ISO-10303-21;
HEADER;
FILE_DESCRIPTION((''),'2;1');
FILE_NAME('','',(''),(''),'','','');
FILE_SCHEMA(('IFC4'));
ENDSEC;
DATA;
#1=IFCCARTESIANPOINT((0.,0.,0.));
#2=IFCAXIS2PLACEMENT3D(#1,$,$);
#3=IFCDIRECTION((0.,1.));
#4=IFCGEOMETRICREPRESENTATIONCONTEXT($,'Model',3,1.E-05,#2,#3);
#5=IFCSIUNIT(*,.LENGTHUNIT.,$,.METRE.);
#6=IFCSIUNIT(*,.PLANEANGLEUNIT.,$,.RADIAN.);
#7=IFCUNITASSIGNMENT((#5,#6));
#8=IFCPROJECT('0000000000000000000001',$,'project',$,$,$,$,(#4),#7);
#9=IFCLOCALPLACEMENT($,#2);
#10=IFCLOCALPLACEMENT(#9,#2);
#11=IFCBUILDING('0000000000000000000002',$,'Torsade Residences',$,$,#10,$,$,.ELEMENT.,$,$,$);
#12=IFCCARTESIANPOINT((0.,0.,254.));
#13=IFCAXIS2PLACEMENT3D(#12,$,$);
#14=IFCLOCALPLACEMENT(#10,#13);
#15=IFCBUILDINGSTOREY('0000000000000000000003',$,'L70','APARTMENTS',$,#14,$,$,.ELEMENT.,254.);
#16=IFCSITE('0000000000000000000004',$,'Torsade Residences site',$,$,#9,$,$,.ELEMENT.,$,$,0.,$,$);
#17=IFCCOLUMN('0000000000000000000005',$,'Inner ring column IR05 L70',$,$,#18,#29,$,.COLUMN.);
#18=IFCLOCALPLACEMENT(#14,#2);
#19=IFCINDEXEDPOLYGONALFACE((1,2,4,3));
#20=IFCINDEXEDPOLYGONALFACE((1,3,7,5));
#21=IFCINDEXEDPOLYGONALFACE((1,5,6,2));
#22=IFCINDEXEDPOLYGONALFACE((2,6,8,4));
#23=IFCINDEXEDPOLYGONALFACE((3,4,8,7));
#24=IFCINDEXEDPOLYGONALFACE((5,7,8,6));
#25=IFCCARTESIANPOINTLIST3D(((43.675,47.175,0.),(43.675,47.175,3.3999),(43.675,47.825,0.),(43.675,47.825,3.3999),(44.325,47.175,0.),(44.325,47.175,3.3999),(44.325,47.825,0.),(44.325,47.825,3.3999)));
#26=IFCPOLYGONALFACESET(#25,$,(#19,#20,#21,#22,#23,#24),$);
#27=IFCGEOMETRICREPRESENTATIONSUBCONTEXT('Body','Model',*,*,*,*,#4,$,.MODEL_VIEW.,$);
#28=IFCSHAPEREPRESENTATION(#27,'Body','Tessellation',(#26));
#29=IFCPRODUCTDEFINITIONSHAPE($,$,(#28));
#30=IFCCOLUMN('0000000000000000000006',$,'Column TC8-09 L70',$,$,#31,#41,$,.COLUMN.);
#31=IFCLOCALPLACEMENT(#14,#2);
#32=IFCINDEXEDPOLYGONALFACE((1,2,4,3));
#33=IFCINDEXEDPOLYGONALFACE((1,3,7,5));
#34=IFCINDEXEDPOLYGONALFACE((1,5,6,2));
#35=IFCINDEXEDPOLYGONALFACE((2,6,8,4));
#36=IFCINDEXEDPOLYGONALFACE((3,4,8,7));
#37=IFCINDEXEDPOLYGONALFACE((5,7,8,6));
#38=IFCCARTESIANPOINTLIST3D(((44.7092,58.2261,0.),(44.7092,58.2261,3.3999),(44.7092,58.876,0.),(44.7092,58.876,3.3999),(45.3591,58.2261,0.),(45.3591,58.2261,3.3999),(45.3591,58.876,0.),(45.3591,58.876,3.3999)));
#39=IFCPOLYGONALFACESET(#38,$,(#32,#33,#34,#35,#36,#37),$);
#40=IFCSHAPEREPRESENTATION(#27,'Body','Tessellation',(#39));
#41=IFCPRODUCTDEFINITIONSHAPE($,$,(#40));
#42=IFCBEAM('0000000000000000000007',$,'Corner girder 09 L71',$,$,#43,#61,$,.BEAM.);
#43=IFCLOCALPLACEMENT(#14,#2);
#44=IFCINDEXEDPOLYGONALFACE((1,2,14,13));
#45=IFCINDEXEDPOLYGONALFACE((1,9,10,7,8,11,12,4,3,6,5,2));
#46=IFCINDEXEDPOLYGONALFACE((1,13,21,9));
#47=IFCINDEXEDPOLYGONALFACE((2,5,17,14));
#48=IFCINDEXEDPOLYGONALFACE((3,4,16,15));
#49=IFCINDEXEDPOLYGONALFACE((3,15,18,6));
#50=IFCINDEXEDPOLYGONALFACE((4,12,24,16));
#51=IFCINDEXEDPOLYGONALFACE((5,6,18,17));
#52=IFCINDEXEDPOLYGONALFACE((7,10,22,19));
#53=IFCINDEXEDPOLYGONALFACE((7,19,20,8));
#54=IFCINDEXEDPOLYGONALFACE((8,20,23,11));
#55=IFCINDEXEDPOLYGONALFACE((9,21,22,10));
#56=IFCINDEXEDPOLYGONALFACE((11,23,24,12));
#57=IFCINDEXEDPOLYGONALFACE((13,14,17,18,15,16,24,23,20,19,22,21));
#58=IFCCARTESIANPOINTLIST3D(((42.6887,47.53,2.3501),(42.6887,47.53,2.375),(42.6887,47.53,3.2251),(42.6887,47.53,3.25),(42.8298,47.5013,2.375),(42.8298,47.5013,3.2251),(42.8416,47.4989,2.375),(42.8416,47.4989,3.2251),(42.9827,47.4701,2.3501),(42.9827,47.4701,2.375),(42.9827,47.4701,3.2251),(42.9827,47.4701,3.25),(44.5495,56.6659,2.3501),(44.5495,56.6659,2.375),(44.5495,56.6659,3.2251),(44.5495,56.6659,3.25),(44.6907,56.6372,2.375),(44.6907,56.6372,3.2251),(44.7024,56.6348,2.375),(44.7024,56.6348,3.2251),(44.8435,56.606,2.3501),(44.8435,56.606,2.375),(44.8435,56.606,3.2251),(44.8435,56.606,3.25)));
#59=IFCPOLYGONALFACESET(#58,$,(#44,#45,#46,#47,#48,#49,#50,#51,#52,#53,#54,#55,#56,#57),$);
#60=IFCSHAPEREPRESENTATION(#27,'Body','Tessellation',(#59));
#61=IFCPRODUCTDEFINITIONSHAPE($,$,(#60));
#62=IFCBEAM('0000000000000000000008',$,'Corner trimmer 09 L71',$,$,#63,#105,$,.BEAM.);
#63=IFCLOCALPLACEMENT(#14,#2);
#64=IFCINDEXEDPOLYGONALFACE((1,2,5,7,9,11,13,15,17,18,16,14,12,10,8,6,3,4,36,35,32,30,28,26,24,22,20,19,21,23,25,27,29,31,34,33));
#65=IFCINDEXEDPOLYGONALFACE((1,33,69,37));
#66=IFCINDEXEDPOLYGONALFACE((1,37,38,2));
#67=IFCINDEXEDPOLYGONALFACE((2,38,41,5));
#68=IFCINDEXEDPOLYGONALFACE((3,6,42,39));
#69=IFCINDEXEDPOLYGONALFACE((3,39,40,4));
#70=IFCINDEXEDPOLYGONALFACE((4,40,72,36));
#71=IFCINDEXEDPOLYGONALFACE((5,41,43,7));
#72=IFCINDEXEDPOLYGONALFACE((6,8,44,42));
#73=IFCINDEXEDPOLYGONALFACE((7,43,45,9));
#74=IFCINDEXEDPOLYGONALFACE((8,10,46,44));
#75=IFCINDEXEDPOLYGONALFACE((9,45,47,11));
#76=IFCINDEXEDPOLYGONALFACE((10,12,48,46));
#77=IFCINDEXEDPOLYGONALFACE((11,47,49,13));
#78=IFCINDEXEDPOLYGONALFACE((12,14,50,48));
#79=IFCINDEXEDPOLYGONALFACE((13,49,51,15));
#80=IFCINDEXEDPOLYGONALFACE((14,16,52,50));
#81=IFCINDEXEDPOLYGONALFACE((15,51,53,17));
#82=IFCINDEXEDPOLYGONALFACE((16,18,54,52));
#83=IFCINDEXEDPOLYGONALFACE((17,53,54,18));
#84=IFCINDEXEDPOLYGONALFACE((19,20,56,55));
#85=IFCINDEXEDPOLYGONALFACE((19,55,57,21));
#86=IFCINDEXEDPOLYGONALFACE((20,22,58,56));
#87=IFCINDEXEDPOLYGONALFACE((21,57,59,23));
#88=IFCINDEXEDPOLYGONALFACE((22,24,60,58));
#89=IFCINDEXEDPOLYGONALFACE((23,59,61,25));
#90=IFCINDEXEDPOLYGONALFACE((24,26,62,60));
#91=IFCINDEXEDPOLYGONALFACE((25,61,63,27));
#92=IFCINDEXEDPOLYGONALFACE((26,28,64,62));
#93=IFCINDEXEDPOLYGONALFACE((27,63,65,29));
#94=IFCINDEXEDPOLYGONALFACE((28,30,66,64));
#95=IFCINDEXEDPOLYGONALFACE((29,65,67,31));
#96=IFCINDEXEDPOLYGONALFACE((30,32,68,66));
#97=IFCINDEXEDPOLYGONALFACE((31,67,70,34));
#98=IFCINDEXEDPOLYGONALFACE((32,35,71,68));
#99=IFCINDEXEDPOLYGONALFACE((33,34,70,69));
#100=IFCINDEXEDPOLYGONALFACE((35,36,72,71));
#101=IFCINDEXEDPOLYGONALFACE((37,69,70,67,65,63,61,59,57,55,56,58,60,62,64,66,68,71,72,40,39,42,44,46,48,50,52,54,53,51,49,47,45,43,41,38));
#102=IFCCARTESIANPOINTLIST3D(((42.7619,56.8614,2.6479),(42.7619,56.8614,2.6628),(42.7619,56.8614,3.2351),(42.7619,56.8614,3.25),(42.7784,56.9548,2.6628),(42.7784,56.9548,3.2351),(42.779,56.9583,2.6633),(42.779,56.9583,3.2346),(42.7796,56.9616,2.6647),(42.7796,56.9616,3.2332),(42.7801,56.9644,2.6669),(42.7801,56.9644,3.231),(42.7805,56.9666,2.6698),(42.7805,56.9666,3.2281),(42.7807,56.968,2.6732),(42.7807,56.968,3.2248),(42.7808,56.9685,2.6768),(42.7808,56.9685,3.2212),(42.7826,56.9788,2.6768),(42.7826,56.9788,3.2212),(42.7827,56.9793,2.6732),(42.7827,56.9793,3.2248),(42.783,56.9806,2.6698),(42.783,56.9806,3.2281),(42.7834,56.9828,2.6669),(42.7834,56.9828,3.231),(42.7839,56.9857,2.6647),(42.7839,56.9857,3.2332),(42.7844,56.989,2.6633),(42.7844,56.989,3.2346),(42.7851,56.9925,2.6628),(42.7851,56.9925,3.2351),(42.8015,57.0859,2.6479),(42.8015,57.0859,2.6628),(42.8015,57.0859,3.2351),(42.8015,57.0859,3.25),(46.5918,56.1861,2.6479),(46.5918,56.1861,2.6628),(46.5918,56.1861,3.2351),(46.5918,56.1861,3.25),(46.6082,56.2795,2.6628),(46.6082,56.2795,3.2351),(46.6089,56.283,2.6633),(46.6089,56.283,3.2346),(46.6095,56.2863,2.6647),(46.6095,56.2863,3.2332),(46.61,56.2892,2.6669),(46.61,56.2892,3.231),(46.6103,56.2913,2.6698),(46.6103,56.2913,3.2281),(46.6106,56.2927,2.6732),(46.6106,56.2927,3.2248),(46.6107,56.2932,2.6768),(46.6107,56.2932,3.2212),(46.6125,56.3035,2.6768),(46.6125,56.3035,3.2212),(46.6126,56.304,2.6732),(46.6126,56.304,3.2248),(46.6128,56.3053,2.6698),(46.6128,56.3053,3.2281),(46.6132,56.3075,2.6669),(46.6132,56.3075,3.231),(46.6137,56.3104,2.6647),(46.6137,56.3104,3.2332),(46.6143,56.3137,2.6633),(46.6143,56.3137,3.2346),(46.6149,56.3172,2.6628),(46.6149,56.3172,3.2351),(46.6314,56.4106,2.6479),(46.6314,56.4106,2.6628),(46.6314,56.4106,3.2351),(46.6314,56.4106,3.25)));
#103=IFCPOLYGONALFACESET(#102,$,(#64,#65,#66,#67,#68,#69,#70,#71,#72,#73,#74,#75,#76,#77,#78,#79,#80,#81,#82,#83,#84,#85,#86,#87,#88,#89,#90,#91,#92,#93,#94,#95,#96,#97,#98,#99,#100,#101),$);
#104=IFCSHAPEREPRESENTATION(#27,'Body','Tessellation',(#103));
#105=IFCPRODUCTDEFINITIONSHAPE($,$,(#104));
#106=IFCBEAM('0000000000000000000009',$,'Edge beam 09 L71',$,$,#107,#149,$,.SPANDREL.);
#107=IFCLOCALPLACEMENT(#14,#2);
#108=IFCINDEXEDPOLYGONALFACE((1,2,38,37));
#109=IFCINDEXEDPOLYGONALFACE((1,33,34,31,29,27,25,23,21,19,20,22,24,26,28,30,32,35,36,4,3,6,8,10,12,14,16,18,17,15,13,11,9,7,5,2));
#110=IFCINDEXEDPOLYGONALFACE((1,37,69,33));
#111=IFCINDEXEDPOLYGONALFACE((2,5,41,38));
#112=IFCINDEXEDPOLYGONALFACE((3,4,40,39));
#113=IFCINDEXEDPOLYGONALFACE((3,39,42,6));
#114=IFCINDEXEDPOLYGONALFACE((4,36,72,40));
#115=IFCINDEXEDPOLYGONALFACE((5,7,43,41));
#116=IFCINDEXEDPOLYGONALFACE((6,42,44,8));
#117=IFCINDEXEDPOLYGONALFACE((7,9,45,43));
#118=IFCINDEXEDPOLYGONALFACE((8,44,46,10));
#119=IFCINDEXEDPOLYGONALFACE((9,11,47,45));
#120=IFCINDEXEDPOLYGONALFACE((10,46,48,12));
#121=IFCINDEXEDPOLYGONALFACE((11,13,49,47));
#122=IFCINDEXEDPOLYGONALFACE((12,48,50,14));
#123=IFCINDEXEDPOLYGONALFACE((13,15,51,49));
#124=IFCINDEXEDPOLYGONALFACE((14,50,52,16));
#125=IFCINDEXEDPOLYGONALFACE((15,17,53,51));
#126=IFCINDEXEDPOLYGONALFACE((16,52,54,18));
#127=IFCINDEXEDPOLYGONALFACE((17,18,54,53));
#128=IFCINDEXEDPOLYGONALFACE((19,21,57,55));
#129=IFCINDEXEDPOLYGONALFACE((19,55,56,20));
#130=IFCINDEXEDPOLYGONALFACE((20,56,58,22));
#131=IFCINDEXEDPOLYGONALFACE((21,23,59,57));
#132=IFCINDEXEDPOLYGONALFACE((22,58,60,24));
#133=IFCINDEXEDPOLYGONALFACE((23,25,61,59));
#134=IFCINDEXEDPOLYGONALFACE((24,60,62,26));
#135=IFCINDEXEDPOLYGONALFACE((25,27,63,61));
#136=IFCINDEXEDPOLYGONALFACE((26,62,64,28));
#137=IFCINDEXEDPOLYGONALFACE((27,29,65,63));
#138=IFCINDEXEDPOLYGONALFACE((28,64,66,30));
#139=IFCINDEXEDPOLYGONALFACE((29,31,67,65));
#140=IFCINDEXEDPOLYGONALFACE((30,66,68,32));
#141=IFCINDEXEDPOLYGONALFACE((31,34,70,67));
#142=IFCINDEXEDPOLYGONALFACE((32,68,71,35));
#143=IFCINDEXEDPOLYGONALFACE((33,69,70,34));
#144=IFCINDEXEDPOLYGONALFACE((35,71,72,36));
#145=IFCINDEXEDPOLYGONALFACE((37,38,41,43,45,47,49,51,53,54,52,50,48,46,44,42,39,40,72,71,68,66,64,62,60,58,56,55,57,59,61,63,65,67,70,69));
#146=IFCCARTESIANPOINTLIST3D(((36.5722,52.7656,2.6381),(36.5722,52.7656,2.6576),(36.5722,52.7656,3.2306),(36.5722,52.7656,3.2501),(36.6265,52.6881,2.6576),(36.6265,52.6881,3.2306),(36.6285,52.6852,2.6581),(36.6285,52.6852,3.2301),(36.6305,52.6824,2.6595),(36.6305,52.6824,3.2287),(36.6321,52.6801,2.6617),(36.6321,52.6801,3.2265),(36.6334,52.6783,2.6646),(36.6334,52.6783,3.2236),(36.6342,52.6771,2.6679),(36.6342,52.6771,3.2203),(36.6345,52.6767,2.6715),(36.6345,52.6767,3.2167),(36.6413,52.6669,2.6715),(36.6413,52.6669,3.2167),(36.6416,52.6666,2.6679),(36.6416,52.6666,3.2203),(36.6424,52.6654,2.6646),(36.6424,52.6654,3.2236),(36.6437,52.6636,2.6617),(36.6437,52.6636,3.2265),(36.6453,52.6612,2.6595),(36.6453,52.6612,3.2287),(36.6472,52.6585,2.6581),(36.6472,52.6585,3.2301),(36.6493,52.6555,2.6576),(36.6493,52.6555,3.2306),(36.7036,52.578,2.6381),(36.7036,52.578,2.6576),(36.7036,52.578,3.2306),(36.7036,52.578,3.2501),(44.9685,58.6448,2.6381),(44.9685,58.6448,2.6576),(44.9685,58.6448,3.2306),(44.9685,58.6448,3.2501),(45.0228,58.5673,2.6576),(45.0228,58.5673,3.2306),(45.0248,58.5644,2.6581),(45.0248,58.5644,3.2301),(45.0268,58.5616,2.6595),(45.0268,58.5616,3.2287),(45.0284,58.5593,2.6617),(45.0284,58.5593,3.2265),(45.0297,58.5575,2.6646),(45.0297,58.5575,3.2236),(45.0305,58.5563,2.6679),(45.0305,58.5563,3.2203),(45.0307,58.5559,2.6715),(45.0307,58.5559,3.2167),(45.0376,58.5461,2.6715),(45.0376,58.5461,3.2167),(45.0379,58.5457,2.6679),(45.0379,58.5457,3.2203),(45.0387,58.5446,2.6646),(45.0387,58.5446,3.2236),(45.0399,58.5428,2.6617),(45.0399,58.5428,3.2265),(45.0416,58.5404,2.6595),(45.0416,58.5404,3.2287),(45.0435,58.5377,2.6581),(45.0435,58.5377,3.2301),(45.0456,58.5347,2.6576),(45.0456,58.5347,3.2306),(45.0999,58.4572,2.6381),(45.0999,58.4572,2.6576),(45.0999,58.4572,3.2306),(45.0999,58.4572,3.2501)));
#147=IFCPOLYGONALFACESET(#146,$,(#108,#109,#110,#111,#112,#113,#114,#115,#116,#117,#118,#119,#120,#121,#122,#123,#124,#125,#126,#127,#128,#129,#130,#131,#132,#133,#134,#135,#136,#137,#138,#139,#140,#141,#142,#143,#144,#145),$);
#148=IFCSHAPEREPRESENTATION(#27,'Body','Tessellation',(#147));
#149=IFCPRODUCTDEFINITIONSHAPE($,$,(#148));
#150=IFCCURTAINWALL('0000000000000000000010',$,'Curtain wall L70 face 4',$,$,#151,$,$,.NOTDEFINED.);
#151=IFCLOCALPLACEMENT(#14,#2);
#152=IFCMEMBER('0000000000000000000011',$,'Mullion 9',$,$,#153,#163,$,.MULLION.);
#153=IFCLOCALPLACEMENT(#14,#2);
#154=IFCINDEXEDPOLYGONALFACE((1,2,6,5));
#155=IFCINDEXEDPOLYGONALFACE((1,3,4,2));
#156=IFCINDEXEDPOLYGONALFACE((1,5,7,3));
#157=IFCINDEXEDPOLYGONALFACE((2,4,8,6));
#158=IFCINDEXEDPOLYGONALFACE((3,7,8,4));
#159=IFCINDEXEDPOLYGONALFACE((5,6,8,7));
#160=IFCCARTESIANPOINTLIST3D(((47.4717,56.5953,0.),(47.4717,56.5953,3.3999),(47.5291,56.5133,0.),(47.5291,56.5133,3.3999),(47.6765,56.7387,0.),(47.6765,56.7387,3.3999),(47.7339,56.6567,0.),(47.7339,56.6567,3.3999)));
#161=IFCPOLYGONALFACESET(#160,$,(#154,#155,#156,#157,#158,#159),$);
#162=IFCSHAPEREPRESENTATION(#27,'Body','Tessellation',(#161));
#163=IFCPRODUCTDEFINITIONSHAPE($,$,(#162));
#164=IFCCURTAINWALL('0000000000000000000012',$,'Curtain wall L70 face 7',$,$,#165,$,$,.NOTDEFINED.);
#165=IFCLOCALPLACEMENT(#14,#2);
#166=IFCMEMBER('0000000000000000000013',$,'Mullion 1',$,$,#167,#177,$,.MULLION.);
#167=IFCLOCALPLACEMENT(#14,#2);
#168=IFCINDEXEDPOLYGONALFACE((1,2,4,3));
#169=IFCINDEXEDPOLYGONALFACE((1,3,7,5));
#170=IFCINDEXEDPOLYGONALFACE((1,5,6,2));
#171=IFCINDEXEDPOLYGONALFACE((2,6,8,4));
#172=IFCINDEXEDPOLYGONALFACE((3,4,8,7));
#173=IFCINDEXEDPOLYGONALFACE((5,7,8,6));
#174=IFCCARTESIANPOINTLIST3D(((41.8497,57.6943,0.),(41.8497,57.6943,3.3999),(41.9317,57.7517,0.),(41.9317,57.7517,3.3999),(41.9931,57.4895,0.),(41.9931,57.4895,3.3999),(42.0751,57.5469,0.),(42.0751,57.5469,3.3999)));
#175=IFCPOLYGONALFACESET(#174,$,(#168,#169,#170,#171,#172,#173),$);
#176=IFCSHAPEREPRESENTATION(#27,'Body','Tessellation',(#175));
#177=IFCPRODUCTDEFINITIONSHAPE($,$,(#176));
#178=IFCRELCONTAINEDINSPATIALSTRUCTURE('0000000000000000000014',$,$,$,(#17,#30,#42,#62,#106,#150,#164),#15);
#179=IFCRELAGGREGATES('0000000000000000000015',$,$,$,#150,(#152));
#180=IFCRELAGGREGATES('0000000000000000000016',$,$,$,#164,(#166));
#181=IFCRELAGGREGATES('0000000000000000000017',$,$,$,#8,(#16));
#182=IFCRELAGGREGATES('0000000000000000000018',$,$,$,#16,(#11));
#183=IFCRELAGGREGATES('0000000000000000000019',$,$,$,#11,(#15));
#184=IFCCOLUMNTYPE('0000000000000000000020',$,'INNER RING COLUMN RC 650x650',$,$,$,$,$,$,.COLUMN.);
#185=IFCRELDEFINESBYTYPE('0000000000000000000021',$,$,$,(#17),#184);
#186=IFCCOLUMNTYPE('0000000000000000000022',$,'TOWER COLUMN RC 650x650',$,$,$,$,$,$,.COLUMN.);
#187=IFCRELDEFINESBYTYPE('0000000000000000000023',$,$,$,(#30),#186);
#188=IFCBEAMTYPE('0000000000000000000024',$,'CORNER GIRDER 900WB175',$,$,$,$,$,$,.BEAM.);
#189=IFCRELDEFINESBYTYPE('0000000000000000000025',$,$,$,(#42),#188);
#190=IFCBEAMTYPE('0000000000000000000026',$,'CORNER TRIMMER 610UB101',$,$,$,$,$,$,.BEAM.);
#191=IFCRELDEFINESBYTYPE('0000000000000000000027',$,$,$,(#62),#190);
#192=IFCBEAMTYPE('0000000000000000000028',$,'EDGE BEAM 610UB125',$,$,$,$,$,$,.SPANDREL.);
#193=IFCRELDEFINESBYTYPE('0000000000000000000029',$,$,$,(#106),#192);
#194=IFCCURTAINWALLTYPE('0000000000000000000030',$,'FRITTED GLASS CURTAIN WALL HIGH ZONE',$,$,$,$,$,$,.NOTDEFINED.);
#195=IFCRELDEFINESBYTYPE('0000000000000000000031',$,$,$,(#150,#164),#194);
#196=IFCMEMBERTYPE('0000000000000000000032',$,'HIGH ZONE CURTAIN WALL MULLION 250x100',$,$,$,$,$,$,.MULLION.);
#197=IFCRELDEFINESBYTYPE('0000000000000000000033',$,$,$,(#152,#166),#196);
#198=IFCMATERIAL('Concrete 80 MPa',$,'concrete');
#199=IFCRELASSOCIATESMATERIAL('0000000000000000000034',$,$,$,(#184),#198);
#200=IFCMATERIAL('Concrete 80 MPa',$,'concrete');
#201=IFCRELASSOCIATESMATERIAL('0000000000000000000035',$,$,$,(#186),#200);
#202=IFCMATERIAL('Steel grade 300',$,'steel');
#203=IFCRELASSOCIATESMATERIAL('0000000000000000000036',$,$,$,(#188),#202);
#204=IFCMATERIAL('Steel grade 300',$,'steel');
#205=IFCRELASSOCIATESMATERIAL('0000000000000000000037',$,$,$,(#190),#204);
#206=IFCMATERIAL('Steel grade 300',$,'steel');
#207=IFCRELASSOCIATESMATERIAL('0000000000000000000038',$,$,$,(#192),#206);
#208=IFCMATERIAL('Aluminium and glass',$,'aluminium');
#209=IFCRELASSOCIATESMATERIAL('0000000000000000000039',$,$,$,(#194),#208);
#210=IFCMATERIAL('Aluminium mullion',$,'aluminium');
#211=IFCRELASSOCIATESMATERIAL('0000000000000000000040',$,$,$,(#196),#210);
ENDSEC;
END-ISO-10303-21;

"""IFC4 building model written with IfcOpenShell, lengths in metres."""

from ifc_helpers import new_model, si_unit, direction, frame, origin, origin_2d, place, context, subcontext, project, spatial, rectangle, i_section, extrude, material, material_profile, profile_set, type_object, element, aggregate, save


model = new_model("IFC4")

# Units and contexts
model_context = context("Model", 3, precision=1e-05, world=origin(), true_north=direction((0.0, 1.0)))
body_context = subcontext(model_context, "Body", "Model", "MODEL_VIEW")
ifc_project = project(units=[si_unit("LENGTHUNIT", "METRE"), si_unit("PLANEANGLEUNIT", "RADIAN")], contexts=[model_context])

# Site, building, storey
site_placement = place(None, origin())
site = spatial("IfcSite", under=ifc_project, at=site_placement, Name="Torsade Residences site", CompositionType="ELEMENT", RefElevation=0.0)
building_placement = place(site_placement, origin())
building = spatial("IfcBuilding", under=site, at=building_placement, Name="Torsade Residences", CompositionType="ELEMENT")
storey_placement = place(building_placement, frame((0.0, 0.0, 254.0)))
storey = spatial("IfcBuildingStorey", under=building, at=storey_placement, Name="L70", Description="APARTMENTS", CompositionType="ELEMENT", Elevation=254.0)

# Columns
ifc_material_1 = material(Name="Concrete 80 MPa", Category="concrete")
ifc_material_profile_1 = material_profile(ifc_material_1, rectangle(XDim=0.6499, YDim=0.6499, at=origin_2d()), Name="RC 650x650")
ifc_profile_set_1 = profile_set([ifc_material_profile_1], Name="Concrete 80 MPa")
column_type_1 = type_object("IfcColumnType", Name="INNER RING COLUMN RC 650x650", PredefinedType="COLUMN", material=ifc_profile_set_1)
column_1_placement = place(storey_placement, frame((44.0, 47.5, 0.0), z_axis=(0.0, 0.0, 1.0), x_axis=(1.0, 0.0, 0.0)))
element("IfcColumn", 1, at=column_1_placement, inside=storey, type_object=column_type_1, Name="Inner ring column IR05 L70", PredefinedType="COLUMN", context=body_context, shape_type="SweptSolid", body=[
    extrude(rectangle(XDim=0.6499, YDim=0.6499, at=origin_2d()), origin(), (0.0, 0.0, 1.0), 3.3999),
])
ifc_material_2 = material(Name="Concrete 80 MPa", Category="concrete")
ifc_material_profile_2 = material_profile(ifc_material_2, rectangle(XDim=0.6499, YDim=0.6499, at=origin_2d()), Name="RC 650x650")
ifc_profile_set_2 = profile_set([ifc_material_profile_2], Name="Concrete 80 MPa")
column_type_2 = type_object("IfcColumnType", Name="TOWER COLUMN RC 650x650", PredefinedType="COLUMN", material=ifc_profile_set_2)
column_2_placement = place(storey_placement, frame((45.0342, 58.551, 0.0), z_axis=(0.0, 0.0, 1.0), x_axis=(1.0, 0.0, 0.0)))
element("IfcColumn", 2, at=column_2_placement, inside=storey, type_object=column_type_2, Name="Column TC8-09 L70", PredefinedType="COLUMN", context=body_context, shape_type="SweptSolid", body=[
    extrude(rectangle(XDim=0.6499, YDim=0.6499, at=origin_2d()), origin(), (0.0, 0.0, 1.0), 3.3999),
])

# Beams
ifc_material_3 = material(Name="Steel grade 300", Category="steel")
ifc_material_profile_3 = material_profile(ifc_material_3, i_section(OverallWidth=0.3, OverallDepth=0.8999, WebThickness=0.012, FlangeThickness=0.0249, at=origin_2d()), Name="900WB175")
ifc_profile_set_3 = profile_set([ifc_material_profile_3], Name="Steel grade 300")
beam_type_1 = type_object("IfcBeamType", Name="CORNER GIRDER 900WB175", PredefinedType="BEAM", material=ifc_profile_set_3)
beam_1_placement = place(storey_placement, frame((44.6965, 56.636, 2.8), z_axis=(-0.199584, -0.979881, 0.0), x_axis=(0.979881, -0.199584, 0.0)))
element("IfcBeam", 3, at=beam_1_placement, inside=storey, type_object=beam_type_1, Name="Corner girder 09 L71", PredefinedType="BEAM", context=body_context, shape_type="SweptSolid", body=[
    extrude(i_section(OverallWidth=0.3, OverallDepth=0.8999, WebThickness=0.012, FlangeThickness=0.0249, at=origin_2d()), origin(), (0.0, 0.0, 1.0), 9.3235),
])
ifc_material_4 = material(Name="Steel grade 300", Category="steel")
ifc_material_profile_4 = material_profile(ifc_material_4, i_section(OverallWidth=0.228, OverallDepth=0.6021, WebThickness=0.0105, FlangeThickness=0.0149, FilletRadius=0.0139, at=origin_2d()), Name="610UB101")
ifc_profile_set_4 = profile_set([ifc_material_profile_4], Name="Steel grade 300")
beam_type_2 = type_object("IfcBeamType", Name="CORNER TRIMMER 610UB101", PredefinedType="BEAM", material=ifc_profile_set_4)
beam_2_placement = place(storey_placement, frame((42.7817, 56.9736, 2.949), z_axis=(0.984808, -0.173646, 0.0), x_axis=(0.173646, 0.984808, 0.0)))
element("IfcBeam", 4, at=beam_2_placement, inside=storey, type_object=beam_type_2, Name="Corner trimmer 09 L71", PredefinedType="BEAM", context=body_context, shape_type="SweptSolid", body=[
    extrude(i_section(OverallWidth=0.228, OverallDepth=0.6021, WebThickness=0.0105, FlangeThickness=0.0149, FilletRadius=0.0139, at=origin_2d()), origin(), (0.0, 0.0, 1.0), 3.8889),
])
ifc_material_5 = material(Name="Steel grade 300", Category="steel")
ifc_material_profile_5 = material_profile(ifc_material_5, i_section(OverallWidth=0.229, OverallDepth=0.6121, WebThickness=0.012, FlangeThickness=0.0195, FilletRadius=0.0139, at=origin_2d()), Name="610UB125")
ifc_profile_set_5 = profile_set([ifc_material_profile_5], Name="Steel grade 300")
beam_type_3 = type_object("IfcBeamType", Name="EDGE BEAM 610UB125", PredefinedType="SPANDREL", material=ifc_profile_set_5)
beam_3_placement = place(storey_placement, frame((45.0342, 58.551, 2.9441), z_axis=(-0.81915, -0.573579, 0.0), x_axis=(0.573579, -0.81915, 0.0)))
element("IfcBeam", 5, at=beam_3_placement, inside=storey, type_object=beam_type_3, Name="Edge beam 09 L71", PredefinedType="SPANDREL", context=body_context, shape_type="SweptSolid", body=[
    extrude(i_section(OverallWidth=0.229, OverallDepth=0.6121, WebThickness=0.012, FlangeThickness=0.0195, FilletRadius=0.0139, at=origin_2d()), origin(), (0.0, 0.0, 1.0), 10.25),
])

# Curtain wall, member
ifc_material_6 = material(Name="Aluminium and glass", Category="aluminium")
curtain_wall_type = type_object("IfcCurtainWallType", Name="FRITTED GLASS CURTAIN WALL HIGH ZONE", PredefinedType="NOTDEFINED", material=ifc_material_6)
curtain_wall_1_placement = place(storey_placement, origin())
curtain_wall_1 = element("IfcCurtainWall", 6, at=curtain_wall_1_placement, inside=storey, type_object=curtain_wall_type, Name="Curtain wall L70 face 4", PredefinedType="NOTDEFINED")
ifc_material_7 = material(Name="Aluminium mullion", Category="aluminium")
ifc_material_profile_6 = material_profile(ifc_material_7, rectangle(XDim=0.25, YDim=0.1001, at=origin_2d()), Name="HIGH ZONE CURTAIN WALL MULLION 250x100")
ifc_profile_set_6 = profile_set([ifc_material_profile_6], Name="Aluminium mullion")
member_type_1 = type_object("IfcMemberType", Name="HIGH ZONE CURTAIN WALL MULLION 250x100", PredefinedType="MULLION", material=ifc_profile_set_6)
member_1_placement = place(storey_placement, frame((47.6028, 56.626, 0.0), z_axis=(0.0, 0.0, 1.0), x_axis=(-0.819152, -0.573576, 0.0)))
member_1 = element("IfcMember", 7, at=member_1_placement, type_object=member_type_1, Name="Mullion 9", PredefinedType="MULLION", context=body_context, shape_type="SweptSolid", body=[
    extrude(rectangle(XDim=0.25, YDim=0.1001, at=origin_2d()), origin(), (0.0, 0.0, 1.0), 3.3999),
])
aggregate(curtain_wall_1, [member_1])

# Curtain wall, member
curtain_wall_2_placement = place(storey_placement, origin())
curtain_wall_2 = element("IfcCurtainWall", 8, at=curtain_wall_2_placement, inside=storey, type_object=curtain_wall_type, Name="Curtain wall L70 face 7", PredefinedType="NOTDEFINED")
member_2_placement = place(storey_placement, frame((41.9624, 57.6206, 0.0), z_axis=(0.0, 0.0, 1.0), x_axis=(0.573576, -0.819152, 0.0)))
member_2 = element("IfcMember", 9, at=member_2_placement, type_object=member_type_1, Name="Mullion 1", PredefinedType="MULLION", context=body_context, shape_type="SweptSolid", body=[
    extrude(rectangle(XDim=0.25, YDim=0.1001, at=origin_2d()), origin(), (0.0, 0.0, 1.0), 3.3999),
])

aggregate(curtain_wall_2, [member_2])

save(model, "model.ifc")
